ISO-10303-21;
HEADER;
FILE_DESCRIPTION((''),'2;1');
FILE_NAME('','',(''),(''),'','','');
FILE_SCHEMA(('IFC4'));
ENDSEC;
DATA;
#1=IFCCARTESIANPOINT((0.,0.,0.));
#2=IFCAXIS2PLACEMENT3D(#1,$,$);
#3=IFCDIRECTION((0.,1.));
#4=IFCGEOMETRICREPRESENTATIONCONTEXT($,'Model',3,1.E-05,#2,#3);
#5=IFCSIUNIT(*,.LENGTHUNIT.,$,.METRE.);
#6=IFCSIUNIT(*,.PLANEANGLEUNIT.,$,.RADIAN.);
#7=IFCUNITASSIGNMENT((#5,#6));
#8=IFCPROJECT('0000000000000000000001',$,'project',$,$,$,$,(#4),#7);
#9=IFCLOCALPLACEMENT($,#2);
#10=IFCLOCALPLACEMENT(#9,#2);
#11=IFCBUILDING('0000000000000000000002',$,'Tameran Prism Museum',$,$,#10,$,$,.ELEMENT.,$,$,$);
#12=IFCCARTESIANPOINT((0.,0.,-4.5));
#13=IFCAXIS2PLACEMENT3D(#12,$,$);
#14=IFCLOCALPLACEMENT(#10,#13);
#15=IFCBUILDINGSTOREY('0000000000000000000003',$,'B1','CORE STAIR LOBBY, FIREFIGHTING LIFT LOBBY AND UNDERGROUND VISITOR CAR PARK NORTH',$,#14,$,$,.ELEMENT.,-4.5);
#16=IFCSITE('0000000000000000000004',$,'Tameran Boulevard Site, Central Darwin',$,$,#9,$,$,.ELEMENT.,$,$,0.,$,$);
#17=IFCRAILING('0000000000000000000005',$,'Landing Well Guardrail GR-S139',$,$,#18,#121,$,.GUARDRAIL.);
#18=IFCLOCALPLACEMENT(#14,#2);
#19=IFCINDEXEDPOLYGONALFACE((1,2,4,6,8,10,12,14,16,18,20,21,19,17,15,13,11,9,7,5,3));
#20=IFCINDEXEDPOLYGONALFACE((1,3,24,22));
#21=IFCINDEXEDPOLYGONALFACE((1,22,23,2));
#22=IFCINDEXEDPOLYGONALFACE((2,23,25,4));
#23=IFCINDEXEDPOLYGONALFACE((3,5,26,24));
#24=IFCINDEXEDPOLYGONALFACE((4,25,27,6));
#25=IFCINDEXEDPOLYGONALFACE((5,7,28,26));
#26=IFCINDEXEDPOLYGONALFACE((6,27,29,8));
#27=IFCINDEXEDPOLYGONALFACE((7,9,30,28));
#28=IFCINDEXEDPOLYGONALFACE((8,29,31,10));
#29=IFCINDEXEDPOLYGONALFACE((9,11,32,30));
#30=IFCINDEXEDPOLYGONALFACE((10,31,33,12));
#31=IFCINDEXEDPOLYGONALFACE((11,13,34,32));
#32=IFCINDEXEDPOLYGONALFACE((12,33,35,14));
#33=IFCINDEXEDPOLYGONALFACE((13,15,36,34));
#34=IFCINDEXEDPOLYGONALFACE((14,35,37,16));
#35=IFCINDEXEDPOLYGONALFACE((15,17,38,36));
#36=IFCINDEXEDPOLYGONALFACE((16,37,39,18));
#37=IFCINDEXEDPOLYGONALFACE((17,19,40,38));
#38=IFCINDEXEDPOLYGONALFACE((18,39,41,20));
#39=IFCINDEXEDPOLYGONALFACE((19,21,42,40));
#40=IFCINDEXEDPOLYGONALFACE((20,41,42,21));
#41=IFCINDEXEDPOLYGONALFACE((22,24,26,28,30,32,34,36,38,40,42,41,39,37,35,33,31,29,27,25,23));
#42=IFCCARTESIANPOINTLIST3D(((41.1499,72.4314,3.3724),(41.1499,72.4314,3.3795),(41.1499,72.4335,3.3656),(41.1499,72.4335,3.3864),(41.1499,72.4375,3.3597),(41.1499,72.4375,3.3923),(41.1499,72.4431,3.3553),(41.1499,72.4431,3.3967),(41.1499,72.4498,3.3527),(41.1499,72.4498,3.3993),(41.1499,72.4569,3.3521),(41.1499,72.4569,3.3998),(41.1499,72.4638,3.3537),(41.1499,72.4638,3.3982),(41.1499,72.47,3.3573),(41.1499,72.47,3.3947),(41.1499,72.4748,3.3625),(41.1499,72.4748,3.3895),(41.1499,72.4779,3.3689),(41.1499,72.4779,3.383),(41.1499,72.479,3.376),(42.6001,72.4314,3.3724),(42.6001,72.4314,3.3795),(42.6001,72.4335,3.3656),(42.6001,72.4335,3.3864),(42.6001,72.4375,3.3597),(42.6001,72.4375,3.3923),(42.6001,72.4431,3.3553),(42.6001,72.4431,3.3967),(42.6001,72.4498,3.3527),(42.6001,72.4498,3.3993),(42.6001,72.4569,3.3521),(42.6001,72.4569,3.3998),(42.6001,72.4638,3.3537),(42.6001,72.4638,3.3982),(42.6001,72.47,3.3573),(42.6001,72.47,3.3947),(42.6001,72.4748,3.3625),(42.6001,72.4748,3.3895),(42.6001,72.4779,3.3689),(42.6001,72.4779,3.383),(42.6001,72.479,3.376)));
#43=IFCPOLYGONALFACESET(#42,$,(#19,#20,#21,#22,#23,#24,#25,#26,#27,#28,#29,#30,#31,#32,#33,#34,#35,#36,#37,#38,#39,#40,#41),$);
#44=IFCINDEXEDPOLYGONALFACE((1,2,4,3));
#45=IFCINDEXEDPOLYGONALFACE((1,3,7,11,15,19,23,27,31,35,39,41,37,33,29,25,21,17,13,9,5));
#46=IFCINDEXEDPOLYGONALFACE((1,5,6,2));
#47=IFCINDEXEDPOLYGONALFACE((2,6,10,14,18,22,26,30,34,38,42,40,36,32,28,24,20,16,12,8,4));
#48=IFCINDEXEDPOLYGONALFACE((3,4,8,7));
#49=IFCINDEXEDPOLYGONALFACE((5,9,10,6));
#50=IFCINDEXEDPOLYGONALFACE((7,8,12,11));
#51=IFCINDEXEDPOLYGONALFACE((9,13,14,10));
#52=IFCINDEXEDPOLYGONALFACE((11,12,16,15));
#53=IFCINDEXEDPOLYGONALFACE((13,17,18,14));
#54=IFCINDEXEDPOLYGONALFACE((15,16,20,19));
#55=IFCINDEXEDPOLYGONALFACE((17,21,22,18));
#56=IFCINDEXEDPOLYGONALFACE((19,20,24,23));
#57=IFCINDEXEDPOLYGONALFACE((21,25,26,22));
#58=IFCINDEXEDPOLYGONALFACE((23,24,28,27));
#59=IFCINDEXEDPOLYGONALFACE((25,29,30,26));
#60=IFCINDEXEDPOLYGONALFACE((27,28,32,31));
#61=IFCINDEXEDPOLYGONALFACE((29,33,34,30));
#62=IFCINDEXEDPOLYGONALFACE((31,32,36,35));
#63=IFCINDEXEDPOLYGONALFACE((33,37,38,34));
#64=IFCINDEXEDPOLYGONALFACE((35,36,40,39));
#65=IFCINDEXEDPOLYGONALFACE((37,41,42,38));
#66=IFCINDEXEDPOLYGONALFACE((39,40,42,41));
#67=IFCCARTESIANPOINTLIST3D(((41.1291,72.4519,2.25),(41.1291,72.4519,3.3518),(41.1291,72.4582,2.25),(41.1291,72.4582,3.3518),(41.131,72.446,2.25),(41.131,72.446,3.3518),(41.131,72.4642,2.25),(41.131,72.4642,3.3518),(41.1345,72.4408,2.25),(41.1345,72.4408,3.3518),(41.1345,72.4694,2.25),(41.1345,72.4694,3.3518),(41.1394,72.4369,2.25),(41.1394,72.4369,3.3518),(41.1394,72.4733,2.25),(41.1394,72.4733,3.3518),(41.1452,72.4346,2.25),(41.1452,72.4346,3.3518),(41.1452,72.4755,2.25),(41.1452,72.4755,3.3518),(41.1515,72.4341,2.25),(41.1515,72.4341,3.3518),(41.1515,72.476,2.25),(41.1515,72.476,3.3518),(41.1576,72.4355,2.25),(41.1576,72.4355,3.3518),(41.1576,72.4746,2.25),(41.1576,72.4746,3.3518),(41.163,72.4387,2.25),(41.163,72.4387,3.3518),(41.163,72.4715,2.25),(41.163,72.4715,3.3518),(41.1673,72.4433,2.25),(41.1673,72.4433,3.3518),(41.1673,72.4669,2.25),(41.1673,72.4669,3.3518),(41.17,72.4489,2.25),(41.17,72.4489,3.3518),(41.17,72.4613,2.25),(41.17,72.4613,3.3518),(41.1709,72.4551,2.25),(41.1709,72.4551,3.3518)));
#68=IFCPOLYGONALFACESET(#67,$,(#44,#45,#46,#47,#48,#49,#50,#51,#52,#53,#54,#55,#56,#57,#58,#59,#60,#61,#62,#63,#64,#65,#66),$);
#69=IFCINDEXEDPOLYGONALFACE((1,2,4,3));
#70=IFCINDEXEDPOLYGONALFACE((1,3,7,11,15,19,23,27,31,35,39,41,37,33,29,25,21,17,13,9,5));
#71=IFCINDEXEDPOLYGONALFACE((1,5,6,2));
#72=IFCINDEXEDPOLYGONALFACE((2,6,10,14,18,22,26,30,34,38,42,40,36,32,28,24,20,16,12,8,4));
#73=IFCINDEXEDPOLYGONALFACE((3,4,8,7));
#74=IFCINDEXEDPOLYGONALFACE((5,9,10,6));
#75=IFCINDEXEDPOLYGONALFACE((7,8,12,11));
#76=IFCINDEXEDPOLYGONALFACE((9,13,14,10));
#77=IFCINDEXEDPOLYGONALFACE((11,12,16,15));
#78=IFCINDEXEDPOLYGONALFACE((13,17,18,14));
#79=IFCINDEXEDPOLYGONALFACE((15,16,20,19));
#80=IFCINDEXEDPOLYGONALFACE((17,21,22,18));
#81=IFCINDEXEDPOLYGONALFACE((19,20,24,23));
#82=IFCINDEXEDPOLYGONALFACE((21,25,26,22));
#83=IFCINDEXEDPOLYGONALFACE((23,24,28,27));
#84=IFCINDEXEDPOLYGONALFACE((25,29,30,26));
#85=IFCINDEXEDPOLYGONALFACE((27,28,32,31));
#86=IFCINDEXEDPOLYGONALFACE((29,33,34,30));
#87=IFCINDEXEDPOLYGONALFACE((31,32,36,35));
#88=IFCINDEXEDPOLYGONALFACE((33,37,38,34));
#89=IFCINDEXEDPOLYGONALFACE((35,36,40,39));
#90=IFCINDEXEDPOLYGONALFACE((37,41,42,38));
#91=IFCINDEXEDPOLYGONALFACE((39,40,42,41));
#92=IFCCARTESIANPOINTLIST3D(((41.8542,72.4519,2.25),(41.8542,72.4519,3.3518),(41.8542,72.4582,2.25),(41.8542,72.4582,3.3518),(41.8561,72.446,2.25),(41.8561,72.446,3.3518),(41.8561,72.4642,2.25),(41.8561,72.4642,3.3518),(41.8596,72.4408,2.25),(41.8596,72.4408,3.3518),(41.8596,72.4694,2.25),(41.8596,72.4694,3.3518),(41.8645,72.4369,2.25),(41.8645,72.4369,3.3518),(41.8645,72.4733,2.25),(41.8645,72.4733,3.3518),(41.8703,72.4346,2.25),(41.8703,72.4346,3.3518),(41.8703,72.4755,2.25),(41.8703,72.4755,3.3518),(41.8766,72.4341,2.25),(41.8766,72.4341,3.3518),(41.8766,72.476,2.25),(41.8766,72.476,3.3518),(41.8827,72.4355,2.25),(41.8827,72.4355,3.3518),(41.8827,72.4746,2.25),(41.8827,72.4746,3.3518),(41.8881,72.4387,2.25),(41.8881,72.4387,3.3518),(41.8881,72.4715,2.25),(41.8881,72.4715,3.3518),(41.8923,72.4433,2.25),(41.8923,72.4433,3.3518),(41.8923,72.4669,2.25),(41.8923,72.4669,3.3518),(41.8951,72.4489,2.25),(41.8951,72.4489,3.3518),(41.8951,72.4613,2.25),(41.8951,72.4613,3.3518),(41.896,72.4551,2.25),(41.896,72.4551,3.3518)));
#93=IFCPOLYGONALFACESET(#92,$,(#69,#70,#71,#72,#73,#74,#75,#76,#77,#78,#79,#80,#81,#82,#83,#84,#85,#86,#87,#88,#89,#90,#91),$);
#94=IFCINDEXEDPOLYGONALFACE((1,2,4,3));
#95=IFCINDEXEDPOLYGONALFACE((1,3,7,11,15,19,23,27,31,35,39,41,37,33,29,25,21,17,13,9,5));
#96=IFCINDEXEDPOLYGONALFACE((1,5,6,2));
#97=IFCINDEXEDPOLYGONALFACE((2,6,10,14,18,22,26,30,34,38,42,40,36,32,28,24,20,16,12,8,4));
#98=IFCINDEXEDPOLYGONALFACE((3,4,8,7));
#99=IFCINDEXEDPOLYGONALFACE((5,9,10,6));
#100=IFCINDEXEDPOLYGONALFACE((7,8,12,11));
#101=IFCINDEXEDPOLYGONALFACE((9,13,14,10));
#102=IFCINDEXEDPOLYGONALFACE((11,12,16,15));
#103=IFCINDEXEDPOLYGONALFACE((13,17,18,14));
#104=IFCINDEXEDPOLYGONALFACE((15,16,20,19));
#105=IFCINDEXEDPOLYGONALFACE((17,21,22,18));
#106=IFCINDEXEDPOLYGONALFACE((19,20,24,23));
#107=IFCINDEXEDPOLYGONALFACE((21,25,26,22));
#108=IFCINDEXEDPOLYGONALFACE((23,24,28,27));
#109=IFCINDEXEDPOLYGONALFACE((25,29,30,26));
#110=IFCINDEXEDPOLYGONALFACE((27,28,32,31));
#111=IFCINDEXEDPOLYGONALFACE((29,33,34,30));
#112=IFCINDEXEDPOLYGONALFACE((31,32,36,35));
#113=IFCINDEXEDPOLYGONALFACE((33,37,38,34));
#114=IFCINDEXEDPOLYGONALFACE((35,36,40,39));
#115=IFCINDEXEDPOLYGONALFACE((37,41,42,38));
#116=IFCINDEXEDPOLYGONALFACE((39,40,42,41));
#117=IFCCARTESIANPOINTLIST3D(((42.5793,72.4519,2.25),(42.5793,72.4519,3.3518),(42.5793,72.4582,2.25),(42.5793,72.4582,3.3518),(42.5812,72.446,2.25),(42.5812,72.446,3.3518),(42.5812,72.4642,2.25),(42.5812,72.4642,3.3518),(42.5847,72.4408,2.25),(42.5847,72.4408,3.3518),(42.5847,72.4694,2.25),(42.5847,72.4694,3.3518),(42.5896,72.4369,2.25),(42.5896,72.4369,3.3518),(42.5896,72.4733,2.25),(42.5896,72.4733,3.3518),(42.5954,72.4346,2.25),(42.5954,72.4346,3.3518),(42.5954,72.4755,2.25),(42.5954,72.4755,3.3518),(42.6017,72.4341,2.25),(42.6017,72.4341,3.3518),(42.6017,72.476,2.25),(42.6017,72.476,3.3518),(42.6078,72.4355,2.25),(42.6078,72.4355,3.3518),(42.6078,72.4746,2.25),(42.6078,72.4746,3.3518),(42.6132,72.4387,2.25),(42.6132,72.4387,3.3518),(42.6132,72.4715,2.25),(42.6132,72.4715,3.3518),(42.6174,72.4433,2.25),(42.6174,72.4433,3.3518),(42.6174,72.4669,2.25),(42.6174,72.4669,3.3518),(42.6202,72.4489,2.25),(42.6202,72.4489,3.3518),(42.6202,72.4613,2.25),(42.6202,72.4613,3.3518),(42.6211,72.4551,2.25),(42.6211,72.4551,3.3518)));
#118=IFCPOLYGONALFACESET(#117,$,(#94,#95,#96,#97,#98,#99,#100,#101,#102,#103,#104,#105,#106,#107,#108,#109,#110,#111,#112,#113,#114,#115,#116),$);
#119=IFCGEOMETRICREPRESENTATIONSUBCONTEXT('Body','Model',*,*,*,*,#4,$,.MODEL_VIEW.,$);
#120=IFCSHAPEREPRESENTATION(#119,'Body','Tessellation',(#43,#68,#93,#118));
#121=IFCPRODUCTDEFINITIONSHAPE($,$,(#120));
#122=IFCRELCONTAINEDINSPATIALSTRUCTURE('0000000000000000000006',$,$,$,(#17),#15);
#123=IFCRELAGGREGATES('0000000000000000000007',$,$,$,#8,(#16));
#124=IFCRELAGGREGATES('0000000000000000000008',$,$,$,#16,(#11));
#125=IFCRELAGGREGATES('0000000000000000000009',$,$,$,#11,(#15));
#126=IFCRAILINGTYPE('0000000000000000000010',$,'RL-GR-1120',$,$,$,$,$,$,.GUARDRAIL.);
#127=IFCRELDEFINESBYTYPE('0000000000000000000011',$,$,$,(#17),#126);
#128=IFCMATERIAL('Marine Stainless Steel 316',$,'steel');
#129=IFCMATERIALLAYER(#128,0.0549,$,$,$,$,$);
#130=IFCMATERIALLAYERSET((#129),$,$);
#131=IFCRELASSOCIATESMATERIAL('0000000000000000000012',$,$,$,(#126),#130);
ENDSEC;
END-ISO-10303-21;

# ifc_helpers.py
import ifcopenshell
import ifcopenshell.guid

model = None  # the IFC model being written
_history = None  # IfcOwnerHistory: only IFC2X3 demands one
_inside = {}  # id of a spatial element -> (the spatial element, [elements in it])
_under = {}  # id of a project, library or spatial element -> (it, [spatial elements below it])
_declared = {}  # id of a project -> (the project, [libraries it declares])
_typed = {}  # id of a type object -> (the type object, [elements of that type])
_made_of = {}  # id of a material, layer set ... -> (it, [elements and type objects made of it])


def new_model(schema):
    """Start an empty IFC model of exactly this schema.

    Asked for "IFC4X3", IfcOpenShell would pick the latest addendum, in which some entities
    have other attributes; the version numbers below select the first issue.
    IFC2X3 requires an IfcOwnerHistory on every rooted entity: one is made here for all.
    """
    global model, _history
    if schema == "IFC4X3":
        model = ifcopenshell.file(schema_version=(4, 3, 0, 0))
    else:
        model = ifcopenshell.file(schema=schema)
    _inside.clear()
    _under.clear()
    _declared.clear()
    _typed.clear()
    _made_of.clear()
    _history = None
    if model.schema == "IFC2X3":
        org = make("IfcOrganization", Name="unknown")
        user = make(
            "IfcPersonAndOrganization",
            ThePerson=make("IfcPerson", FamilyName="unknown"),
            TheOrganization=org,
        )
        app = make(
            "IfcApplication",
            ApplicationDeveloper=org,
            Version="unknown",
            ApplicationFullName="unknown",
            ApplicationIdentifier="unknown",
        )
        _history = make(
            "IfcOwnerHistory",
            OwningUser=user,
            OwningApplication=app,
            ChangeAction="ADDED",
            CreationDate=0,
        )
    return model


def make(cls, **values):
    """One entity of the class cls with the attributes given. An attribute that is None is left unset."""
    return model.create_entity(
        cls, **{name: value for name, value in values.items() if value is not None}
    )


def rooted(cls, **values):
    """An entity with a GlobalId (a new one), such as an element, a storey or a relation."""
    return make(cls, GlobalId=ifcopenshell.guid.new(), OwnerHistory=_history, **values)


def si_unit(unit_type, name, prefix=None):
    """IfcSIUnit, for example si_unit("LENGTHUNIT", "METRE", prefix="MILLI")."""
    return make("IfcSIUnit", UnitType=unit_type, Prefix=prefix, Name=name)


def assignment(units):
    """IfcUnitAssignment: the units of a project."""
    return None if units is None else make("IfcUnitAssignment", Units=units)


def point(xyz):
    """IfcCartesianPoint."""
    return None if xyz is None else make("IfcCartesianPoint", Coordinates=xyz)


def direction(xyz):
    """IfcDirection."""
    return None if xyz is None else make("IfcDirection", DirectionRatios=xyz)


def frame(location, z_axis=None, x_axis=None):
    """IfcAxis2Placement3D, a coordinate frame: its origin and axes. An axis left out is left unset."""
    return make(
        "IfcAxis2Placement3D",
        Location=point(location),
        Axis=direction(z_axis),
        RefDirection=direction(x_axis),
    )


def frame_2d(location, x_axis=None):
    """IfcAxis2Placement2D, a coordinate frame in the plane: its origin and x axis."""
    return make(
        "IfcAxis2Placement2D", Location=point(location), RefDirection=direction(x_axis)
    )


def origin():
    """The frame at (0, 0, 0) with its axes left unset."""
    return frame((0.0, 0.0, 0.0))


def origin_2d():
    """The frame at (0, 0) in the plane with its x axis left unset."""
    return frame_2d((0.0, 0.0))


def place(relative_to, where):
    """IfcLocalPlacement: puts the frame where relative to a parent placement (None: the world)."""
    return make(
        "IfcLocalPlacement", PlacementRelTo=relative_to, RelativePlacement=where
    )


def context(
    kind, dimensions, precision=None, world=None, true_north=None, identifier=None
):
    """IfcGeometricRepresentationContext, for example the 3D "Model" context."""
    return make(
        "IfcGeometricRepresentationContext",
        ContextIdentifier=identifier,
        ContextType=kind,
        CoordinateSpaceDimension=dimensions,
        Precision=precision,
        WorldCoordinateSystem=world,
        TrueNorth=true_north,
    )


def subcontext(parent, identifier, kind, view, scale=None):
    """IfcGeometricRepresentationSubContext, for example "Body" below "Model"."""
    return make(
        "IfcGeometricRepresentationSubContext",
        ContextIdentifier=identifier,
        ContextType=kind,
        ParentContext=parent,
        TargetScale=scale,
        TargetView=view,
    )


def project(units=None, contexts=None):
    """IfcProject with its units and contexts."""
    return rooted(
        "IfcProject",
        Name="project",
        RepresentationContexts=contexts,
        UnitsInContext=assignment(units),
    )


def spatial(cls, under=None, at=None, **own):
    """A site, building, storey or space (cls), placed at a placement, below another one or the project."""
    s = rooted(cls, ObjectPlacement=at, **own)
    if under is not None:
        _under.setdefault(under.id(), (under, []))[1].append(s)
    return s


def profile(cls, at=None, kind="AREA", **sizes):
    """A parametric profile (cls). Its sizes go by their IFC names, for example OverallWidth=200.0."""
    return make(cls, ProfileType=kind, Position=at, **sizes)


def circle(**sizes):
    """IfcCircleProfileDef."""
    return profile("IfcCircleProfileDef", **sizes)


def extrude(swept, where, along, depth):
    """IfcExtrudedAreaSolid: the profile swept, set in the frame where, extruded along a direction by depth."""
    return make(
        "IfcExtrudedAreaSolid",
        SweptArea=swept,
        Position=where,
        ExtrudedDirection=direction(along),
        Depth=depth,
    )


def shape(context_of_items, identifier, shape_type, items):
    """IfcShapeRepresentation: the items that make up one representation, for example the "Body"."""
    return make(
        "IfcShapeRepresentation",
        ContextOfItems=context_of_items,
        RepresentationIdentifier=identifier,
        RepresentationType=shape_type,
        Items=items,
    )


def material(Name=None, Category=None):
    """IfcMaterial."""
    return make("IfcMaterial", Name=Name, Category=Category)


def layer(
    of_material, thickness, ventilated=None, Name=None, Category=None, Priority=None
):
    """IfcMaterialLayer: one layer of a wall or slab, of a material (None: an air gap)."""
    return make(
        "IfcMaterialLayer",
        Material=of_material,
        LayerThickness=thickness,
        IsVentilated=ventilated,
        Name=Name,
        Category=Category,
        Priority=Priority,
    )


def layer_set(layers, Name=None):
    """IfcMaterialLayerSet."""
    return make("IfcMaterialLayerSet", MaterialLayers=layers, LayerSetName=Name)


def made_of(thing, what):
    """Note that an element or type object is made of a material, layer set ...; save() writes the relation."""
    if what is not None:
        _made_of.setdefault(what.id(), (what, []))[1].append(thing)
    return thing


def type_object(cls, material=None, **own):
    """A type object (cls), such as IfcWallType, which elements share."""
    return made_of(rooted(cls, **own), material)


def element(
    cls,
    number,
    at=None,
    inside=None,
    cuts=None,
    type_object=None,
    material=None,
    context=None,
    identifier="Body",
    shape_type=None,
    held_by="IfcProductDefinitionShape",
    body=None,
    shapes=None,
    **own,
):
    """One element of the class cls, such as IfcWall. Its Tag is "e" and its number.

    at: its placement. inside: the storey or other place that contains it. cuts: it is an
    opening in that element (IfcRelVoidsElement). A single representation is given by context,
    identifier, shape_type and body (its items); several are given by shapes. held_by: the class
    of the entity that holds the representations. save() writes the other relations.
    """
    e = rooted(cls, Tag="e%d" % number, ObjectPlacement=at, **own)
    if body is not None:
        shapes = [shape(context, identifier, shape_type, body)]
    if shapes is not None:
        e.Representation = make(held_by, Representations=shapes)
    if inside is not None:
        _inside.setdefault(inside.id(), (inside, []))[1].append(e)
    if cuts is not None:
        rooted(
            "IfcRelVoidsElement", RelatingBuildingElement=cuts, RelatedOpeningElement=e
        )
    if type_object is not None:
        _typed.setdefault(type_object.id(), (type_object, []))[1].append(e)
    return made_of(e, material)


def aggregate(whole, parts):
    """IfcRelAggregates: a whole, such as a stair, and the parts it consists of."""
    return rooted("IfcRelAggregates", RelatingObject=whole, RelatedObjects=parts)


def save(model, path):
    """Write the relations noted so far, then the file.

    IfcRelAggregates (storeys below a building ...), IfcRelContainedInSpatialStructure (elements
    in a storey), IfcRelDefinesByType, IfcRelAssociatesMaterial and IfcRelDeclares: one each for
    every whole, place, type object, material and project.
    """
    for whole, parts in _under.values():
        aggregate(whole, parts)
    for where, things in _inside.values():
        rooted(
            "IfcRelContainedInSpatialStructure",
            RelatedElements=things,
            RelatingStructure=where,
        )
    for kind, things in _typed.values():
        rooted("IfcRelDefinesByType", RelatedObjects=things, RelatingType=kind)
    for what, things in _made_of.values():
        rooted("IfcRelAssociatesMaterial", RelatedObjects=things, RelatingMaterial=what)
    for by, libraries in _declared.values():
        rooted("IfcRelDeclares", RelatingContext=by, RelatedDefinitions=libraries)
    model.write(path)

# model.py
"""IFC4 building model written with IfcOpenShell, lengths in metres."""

from ifc_helpers import new_model, si_unit, direction, frame, origin, origin_2d, place, context, subcontext, project, spatial, circle, extrude, material, layer, layer_set, type_object, element, save


model = new_model("IFC4")

# Units and contexts
model_context = context("Model", 3, precision=1e-05, world=origin(), true_north=direction((0.0, 1.0)))
body_context = subcontext(model_context, "Body", "Model", "MODEL_VIEW")
ifc_project = project(units=[si_unit("LENGTHUNIT", "METRE"), si_unit("PLANEANGLEUNIT", "RADIAN")], contexts=[model_context])

# Site, building, storey
site_placement = place(None, origin())
site = spatial("IfcSite", under=ifc_project, at=site_placement, Name="Tameran Boulevard Site, Central Darwin", CompositionType="ELEMENT", RefElevation=0.0)
building_placement = place(site_placement, origin())
building = spatial("IfcBuilding", under=site, at=building_placement, Name="Tameran Prism Museum", CompositionType="ELEMENT")
storey_placement = place(building_placement, frame((0.0, 0.0, -4.5)))
storey = spatial("IfcBuildingStorey", under=building, at=storey_placement, Name="B1", Description="CORE STAIR LOBBY, FIREFIGHTING LIFT LOBBY AND UNDERGROUND VISITOR CAR PARK NORTH", CompositionType="ELEMENT", Elevation=-4.5)

# Railing
ifc_material_1 = material(Name="Marine Stainless Steel 316", Category="steel")
ifc_layer_1 = layer(ifc_material_1, 0.0549)
ifc_layer_set_1 = layer_set([ifc_layer_1])
railing_type_1 = type_object("IfcRailingType", Name="RL-GR-1120", PredefinedType="GUARDRAIL", material=ifc_layer_set_1)
railing_1_placement = place(storey_placement, frame((41.1499, 72.4551, 2.25)))
element("IfcRailing", 1, at=railing_1_placement, inside=storey, type_object=railing_type_1, Name="Landing Well Guardrail GR-S139", PredefinedType="GUARDRAIL", context=body_context, shape_type="SweptSolid", body=[
    extrude(circle(Radius=0.0239, at=origin_2d()), frame((0.0, 0.0, 1.126), z_axis=(1.0, 0.0, 0.0), x_axis=(0.0, 1.0, 0.0)), (0.0, 0.0, 1.0), 1.4502),
    extrude(circle(Radius=0.021, at=origin_2d()), origin(), (0.0, 0.0, 1.0), 1.1018),
    extrude(circle(Radius=0.021, at=origin_2d()), frame((0.7251, 0.0, 0.0)), (0.0, 0.0, 1.0), 1.1018),
    extrude(circle(Radius=0.021, at=origin_2d()), frame((1.4502, 0.0, 0.0)), (0.0, 0.0, 1.0), 1.1018),
])

save(model, "model.ifc")
